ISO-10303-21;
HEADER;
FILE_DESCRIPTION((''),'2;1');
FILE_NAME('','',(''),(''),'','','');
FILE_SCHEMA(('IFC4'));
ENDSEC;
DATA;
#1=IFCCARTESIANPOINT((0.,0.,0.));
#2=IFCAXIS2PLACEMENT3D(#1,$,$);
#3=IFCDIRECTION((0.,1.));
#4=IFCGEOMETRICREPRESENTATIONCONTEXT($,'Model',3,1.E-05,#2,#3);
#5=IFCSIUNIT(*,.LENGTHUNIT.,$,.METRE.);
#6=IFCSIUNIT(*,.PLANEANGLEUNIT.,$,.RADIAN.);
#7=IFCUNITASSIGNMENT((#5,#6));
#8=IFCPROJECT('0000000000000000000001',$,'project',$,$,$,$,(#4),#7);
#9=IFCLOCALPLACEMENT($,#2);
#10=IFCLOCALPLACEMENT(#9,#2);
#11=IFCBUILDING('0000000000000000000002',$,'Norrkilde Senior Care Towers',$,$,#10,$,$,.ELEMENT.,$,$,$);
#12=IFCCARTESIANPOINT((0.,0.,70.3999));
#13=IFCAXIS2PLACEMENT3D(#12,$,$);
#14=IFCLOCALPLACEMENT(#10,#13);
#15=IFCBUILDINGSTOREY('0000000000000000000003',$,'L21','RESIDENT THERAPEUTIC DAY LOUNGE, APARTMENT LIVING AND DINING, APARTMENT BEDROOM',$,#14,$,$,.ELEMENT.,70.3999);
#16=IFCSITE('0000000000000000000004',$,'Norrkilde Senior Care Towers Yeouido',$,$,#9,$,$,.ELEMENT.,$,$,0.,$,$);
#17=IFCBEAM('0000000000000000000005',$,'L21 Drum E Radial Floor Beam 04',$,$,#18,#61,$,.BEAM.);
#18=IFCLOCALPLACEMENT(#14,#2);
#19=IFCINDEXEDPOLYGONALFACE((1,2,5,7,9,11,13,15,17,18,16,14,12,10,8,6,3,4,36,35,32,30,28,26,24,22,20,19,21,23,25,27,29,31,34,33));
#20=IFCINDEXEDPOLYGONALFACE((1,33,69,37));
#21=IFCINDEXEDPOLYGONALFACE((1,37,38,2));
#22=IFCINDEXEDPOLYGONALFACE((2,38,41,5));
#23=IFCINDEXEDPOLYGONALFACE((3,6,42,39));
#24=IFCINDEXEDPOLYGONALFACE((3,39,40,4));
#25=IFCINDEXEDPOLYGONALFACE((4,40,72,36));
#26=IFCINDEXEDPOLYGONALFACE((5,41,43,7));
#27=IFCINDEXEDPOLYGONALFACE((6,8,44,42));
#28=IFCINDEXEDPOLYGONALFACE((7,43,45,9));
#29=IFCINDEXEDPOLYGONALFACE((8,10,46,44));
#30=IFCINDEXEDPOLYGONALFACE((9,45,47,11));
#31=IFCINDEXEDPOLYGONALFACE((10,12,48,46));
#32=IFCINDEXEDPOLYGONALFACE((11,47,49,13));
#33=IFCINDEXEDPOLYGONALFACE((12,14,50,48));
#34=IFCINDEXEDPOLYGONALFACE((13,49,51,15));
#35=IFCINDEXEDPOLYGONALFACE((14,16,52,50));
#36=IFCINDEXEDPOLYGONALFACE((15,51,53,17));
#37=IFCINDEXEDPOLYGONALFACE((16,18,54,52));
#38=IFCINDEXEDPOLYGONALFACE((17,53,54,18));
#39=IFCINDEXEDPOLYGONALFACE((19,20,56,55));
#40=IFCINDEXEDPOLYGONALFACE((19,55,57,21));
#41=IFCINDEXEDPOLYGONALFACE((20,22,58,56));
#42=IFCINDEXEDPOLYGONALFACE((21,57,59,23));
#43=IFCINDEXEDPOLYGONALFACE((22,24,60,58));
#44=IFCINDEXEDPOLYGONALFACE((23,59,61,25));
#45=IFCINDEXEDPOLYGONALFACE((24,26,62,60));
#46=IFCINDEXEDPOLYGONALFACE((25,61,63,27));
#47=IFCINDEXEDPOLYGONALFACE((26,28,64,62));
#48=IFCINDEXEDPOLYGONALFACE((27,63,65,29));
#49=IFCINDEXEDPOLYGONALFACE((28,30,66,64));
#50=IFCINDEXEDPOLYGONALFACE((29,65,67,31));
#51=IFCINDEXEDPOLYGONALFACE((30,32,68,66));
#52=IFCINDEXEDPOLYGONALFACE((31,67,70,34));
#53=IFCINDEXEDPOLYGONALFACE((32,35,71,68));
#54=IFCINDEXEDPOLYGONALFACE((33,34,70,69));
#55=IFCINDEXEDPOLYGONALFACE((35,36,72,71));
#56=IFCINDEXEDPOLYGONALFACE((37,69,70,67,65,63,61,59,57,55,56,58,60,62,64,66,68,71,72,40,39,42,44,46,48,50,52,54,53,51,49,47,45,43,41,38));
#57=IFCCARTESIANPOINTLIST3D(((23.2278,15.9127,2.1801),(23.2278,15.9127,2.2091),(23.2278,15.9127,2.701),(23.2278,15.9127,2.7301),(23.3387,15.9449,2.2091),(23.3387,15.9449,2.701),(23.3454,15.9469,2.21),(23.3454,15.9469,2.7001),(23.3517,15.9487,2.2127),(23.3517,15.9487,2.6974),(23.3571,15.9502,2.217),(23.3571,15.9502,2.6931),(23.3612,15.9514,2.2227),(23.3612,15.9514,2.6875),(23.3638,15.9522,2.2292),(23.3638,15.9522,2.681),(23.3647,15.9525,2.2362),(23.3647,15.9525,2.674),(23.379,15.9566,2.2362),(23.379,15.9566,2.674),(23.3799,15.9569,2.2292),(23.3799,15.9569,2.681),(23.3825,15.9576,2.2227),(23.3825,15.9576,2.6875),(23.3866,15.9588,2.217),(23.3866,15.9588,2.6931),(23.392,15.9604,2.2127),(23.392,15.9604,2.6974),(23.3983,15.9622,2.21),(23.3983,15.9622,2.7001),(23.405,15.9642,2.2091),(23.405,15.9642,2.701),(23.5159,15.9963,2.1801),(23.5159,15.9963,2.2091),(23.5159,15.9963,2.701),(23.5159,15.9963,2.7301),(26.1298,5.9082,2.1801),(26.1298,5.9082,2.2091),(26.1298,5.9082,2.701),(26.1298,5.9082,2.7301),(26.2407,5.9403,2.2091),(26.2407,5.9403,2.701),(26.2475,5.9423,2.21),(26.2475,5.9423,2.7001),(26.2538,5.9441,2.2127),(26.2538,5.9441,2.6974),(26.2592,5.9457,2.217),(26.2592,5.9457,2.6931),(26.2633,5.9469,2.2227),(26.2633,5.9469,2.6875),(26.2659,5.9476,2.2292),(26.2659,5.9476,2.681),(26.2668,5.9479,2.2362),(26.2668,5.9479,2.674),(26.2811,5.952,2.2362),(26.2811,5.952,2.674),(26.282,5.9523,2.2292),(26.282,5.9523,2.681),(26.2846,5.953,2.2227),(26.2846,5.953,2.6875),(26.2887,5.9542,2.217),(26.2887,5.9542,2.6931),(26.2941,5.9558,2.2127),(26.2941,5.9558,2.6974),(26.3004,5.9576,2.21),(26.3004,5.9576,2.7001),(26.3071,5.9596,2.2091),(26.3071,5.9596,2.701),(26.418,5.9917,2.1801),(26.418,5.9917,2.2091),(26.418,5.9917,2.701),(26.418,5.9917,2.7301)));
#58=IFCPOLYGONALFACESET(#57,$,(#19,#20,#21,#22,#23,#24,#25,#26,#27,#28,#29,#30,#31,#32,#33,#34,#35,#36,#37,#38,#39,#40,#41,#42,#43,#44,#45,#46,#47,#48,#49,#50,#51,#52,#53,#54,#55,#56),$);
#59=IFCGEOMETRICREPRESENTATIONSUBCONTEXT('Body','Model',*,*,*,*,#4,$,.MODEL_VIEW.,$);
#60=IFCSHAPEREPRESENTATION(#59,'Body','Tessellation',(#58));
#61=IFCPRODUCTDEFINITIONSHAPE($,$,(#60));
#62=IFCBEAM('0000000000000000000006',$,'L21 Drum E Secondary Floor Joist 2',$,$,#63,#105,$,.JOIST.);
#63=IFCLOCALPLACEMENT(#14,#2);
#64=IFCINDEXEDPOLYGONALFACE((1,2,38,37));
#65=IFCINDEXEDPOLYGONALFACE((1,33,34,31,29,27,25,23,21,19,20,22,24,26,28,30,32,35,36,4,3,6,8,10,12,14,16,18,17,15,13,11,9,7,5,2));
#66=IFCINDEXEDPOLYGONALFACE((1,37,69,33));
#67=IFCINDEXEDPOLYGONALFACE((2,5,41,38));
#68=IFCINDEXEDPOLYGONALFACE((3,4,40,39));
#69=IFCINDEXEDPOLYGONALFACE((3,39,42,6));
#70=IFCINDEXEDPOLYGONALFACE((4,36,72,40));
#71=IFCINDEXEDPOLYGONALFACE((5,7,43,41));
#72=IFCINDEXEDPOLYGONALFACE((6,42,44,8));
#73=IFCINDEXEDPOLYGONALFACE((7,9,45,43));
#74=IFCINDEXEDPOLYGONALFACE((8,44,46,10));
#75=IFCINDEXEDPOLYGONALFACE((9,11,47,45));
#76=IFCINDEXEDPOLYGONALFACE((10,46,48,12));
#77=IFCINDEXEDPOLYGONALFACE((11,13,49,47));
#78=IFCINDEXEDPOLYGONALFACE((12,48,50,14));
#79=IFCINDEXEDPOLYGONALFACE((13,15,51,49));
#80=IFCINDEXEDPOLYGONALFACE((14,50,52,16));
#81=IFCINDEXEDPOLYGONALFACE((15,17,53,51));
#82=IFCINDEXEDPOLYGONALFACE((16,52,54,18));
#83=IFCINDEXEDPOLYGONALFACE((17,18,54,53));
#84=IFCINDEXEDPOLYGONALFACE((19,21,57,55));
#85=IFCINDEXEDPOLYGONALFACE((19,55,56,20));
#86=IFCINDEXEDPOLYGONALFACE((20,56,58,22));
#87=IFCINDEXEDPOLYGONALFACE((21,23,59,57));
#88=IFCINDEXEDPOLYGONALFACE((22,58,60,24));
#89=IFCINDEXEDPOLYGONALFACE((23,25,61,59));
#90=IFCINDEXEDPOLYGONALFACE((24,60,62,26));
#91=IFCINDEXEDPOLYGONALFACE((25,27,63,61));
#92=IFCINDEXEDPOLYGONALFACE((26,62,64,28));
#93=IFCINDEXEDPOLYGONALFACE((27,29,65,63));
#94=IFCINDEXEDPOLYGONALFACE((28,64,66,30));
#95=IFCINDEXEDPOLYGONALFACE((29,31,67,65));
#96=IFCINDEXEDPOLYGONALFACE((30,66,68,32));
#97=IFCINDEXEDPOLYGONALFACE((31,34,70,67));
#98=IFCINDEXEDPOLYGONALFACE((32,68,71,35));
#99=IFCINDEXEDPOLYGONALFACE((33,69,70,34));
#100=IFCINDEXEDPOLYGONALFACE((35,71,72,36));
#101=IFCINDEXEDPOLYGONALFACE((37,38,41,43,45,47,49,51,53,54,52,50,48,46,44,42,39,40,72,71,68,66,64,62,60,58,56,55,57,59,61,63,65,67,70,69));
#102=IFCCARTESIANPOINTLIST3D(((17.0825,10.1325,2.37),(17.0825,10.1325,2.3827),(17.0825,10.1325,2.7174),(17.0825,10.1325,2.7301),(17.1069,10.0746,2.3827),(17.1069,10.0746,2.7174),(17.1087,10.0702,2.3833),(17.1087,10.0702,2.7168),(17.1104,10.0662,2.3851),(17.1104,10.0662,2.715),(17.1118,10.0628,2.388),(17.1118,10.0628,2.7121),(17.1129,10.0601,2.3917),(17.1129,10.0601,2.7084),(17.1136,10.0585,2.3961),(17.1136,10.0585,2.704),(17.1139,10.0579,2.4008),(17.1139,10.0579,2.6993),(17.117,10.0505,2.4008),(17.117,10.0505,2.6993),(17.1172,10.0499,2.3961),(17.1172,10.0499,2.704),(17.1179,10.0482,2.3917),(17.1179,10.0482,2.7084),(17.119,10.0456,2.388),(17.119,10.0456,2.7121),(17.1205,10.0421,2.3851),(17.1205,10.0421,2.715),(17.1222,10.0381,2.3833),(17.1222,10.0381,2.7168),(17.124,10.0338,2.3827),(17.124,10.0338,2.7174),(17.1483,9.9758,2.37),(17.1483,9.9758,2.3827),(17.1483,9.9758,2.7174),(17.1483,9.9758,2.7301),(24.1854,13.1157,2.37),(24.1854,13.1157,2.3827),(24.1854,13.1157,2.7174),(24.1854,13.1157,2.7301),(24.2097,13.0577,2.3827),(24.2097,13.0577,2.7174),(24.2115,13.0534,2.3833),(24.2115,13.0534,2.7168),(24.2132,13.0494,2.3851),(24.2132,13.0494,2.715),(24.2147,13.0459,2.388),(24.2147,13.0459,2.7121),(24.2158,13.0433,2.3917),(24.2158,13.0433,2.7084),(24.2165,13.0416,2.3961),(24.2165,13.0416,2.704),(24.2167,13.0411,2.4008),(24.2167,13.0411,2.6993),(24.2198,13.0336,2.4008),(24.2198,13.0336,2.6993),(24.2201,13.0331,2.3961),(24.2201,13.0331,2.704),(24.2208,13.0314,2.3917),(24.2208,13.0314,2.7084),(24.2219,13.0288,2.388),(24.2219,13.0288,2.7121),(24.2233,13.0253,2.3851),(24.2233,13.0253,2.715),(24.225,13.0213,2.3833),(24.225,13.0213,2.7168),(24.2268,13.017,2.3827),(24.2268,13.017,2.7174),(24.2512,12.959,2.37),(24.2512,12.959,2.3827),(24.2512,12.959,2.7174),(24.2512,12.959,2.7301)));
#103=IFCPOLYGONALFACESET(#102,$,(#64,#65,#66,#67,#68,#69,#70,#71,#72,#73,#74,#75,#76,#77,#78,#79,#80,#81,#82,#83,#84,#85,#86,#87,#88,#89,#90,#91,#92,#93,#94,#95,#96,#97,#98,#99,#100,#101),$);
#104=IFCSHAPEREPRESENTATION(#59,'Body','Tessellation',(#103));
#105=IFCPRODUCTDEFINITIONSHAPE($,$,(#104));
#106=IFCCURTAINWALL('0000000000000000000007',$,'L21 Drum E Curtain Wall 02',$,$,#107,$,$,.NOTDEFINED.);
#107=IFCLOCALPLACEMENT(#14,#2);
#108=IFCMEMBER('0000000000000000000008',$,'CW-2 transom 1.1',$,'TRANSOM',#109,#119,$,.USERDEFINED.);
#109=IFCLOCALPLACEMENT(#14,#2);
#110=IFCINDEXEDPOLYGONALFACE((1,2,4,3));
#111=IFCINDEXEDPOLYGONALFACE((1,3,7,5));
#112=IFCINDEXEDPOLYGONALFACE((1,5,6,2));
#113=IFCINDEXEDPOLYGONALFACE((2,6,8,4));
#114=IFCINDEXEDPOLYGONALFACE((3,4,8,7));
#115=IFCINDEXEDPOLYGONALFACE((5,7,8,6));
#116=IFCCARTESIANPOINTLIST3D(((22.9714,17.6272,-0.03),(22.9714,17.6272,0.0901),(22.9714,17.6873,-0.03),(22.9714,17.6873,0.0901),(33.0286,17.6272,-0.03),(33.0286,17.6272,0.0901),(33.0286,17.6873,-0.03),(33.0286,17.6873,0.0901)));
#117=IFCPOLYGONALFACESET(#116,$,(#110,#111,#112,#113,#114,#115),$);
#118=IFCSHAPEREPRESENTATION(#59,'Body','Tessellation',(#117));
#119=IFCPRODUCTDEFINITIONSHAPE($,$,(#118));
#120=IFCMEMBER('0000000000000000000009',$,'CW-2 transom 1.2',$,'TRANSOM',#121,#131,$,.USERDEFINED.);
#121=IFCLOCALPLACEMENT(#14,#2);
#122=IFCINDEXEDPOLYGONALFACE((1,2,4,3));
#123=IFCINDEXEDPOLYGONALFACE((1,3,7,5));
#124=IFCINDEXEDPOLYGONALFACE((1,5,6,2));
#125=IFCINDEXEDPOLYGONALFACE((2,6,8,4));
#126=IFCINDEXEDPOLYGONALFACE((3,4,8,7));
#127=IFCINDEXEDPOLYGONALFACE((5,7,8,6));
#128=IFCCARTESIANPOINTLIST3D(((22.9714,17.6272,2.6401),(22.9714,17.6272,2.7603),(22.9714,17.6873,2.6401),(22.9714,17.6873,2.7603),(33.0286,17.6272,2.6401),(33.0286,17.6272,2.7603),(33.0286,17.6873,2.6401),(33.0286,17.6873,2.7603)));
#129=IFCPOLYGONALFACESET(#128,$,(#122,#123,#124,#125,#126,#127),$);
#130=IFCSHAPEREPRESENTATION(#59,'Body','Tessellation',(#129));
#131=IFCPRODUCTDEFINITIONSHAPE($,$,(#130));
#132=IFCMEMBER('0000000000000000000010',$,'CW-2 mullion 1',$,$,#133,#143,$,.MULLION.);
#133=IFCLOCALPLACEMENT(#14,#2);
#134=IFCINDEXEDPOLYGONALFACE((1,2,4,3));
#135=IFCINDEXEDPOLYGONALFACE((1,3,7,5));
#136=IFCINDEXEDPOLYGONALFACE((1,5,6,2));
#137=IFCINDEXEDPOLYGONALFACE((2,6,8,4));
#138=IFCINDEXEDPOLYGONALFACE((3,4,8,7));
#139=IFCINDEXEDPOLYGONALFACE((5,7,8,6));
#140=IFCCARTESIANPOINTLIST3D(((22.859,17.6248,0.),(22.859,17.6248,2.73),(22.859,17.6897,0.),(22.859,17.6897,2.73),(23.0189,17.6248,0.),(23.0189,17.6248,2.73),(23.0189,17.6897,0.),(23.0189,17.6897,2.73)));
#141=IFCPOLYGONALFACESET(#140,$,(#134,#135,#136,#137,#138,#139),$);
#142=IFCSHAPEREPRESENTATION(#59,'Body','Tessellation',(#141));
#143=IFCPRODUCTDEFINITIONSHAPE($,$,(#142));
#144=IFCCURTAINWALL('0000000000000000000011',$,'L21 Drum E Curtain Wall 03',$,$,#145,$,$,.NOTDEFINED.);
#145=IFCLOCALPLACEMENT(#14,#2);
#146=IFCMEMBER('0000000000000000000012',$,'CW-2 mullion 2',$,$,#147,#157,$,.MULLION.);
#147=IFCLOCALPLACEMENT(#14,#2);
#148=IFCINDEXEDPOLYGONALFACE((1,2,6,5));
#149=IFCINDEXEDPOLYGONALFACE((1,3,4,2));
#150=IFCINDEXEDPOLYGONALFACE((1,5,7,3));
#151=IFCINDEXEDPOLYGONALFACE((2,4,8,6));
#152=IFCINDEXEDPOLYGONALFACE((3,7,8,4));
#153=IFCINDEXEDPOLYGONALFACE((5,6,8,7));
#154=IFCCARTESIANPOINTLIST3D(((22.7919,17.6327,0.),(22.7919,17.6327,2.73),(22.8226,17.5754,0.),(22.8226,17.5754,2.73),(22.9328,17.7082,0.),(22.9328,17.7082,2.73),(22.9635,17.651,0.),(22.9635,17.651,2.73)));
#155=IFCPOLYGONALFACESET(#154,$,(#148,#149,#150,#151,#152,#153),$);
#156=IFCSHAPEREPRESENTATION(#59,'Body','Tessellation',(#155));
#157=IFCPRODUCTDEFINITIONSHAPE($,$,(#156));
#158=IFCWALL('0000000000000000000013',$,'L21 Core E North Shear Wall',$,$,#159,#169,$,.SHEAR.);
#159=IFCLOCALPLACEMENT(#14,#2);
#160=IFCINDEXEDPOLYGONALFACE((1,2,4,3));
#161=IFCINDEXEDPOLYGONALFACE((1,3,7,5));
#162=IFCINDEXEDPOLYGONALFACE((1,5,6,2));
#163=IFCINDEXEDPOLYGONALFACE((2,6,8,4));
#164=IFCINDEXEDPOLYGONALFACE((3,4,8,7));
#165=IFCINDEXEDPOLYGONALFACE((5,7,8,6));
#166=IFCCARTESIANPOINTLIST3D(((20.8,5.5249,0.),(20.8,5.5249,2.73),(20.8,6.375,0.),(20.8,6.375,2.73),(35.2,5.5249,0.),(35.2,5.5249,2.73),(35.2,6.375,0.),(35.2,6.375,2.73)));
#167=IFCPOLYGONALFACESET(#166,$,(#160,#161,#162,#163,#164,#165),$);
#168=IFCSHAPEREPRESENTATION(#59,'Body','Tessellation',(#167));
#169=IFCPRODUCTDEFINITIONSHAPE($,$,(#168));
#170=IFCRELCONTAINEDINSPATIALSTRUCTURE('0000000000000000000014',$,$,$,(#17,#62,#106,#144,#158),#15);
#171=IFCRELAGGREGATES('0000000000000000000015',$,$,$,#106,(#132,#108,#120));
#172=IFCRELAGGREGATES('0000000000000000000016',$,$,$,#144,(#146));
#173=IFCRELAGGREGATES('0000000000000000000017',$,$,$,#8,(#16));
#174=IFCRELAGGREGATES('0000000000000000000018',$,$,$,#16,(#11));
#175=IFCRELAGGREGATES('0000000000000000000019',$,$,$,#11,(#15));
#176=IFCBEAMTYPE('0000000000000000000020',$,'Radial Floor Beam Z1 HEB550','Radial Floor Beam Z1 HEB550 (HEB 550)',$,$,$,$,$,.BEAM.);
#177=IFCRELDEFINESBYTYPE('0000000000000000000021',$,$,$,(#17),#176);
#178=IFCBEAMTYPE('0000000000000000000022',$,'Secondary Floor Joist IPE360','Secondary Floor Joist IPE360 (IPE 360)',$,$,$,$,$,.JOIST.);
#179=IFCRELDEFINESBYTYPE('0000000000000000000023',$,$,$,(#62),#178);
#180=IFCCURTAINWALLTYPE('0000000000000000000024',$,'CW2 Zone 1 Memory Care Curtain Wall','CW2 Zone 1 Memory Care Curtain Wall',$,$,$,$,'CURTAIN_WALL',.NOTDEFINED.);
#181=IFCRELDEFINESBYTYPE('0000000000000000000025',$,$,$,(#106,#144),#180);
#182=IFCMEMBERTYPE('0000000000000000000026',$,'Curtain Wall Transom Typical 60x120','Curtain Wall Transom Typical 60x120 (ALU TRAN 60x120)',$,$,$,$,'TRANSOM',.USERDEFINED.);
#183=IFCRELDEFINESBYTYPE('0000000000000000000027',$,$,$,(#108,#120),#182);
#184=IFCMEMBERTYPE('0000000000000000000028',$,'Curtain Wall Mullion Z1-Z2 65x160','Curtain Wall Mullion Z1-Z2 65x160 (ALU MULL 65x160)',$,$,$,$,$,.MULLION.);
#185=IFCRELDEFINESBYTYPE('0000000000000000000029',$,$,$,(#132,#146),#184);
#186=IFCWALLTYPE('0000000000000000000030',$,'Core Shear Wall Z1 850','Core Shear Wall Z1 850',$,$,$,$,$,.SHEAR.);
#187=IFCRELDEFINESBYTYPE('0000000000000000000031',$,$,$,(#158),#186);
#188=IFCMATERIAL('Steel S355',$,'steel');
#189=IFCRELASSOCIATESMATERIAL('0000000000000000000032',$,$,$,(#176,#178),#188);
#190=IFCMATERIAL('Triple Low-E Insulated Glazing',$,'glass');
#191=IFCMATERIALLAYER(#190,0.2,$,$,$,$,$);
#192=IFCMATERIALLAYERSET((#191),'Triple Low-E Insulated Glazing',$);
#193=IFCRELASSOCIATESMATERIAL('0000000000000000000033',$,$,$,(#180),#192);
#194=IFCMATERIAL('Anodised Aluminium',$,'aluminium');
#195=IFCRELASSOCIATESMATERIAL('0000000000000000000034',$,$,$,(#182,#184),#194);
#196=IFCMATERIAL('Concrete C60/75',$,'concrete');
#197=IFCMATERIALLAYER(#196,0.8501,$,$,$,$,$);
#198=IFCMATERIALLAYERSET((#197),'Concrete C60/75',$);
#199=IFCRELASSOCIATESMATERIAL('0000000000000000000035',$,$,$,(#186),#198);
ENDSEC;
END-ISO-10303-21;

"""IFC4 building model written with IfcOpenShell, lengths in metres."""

from ifc_helpers import new_model, si_unit, direction, frame, frame_2d, origin, origin_2d, place, context, subcontext, project, spatial, rectangle, i_section, extrude, source, transform, mapped, material, layer, layer_set, material_profile, profile_set, type_object, type_shapes, element, aggregate, save


model = new_model("IFC4")

# Units and contexts
model_context = context("Model", 3, precision=1e-05, world=origin(), true_north=direction((0.0, 1.0)))
body_context = subcontext(model_context, "Body", "Model", "MODEL_VIEW")
ifc_project = project(units=[si_unit("LENGTHUNIT", "METRE"), si_unit("PLANEANGLEUNIT", "RADIAN")], contexts=[model_context])

# Site, building, storey
site_placement = place(None, origin())
site = spatial("IfcSite", under=ifc_project, at=site_placement, Name="Norrkilde Senior Care Towers Yeouido", CompositionType="ELEMENT", RefElevation=0.0)
building_placement = place(site_placement, origin())
building = spatial("IfcBuilding", under=site, at=building_placement, Name="Norrkilde Senior Care Towers", CompositionType="ELEMENT")
storey_placement = place(building_placement, frame((0.0, 0.0, 70.3999)))
storey = spatial("IfcBuildingStorey", under=building, at=storey_placement, Name="L21", Description="RESIDENT THERAPEUTIC DAY LOUNGE, APARTMENT LIVING AND DINING, APARTMENT BEDROOM", CompositionType="ELEMENT", Elevation=70.3999)

# Shared definitions
ifc_material_1 = material(Name="Concrete C60/75", Category="concrete")

# Beams
ifc_material_2 = material(Name="Steel S355", Category="steel")
ifc_material_profile_1 = material_profile(ifc_material_2, i_section(OverallWidth=0.3, OverallDepth=0.55, WebThickness=0.0149, FlangeThickness=0.0291, FilletRadius=0.0271, at=origin_2d()), Name="HEB 550")
ifc_profile_set_1 = profile_set([ifc_material_profile_1], Name="Steel S355")
beam_type_1 = type_object("IfcBeamType", Name="Radial Floor Beam Z1 HEB550", Description="Radial Floor Beam Z1 HEB550 (HEB 550)", PredefinedType="BEAM", material=ifc_profile_set_1)
shared_shape_1 = source(origin(), body_context, "Body", "SweptSolid", [
    extrude(i_section(OverallWidth=0.3, OverallDepth=0.55, WebThickness=0.0149, FlangeThickness=0.0291, FilletRadius=0.0271, at=origin_2d()), origin(), (0.0, 0.0, 1.0), 10.417),
])
beam_1_placement = place(storey_placement, frame((26.2739, 5.95, 2.4551), z_axis=(-0.278591, 0.96041, 0.0), x_axis=(-0.96041, -0.278591, 0.0)))
element("IfcBeam", 1, at=beam_1_placement, inside=storey, type_object=beam_type_1, Name="L21 Drum E Radial Floor Beam 04", PredefinedType="BEAM", context=body_context, shape_type="MappedRepresentation", body=[
    mapped(shared_shape_1, transform((0.0, 0.0, 0.0), x_axis=(1.0, 0.0, 0.0), y_axis=(0.0, 1.0, 0.0), z_axis=(0.0, 0.0, 1.0), scale=1.0)),
])
ifc_material_profile_2 = material_profile(ifc_material_2, i_section(OverallWidth=0.1699, OverallDepth=0.3601, WebThickness=0.0081, FlangeThickness=0.0127, FilletRadius=0.0181, at=origin_2d()), Name="IPE 360")
ifc_profile_set_2 = profile_set([ifc_material_profile_2], Name="Steel S355")
beam_type_2 = type_object("IfcBeamType", Name="Secondary Floor Joist IPE360", Description="Secondary Floor Joist IPE360 (IPE 360)", PredefinedType="JOIST", material=ifc_profile_set_2)
shared_shape_2 = source(origin(), body_context, "Body", "SweptSolid", [
    extrude(i_section(OverallWidth=0.1699, OverallDepth=0.3601, WebThickness=0.0081, FlangeThickness=0.0127, FilletRadius=0.0181, at=origin_2d()), origin(), (0.0, 0.0, 1.0), 7.7039),
])
type_shapes(beam_type_2, [shared_shape_2])
beam_2_placement = place(storey_placement, frame((24.2183, 13.0374, 2.55), z_axis=(-0.921983, -0.387231, 0.0), x_axis=(0.387231, -0.921983, 0.0)))
element("IfcBeam", 2, at=beam_2_placement, inside=storey, type_object=beam_type_2, Name="L21 Drum E Secondary Floor Joist 2", PredefinedType="JOIST", context=body_context, shape_type="MappedRepresentation", body=[
    mapped(shared_shape_2, transform((0.0, 0.0, 0.0), x_axis=(1.0, 0.0, 0.0), y_axis=(0.0, 1.0, 0.0), z_axis=(0.0, 0.0, 1.0), scale=1.0)),
])

# Curtain wall, members
ifc_material_3 = material(Name="Triple Low-E Insulated Glazing", Category="glass")
ifc_layer_1 = layer(ifc_material_3, 0.2)
ifc_layer_set_1 = layer_set([ifc_layer_1], Name="Triple Low-E Insulated Glazing")
curtain_wall_type = type_object("IfcCurtainWallType", Name="CW2 Zone 1 Memory Care Curtain Wall", Description="CW2 Zone 1 Memory Care Curtain Wall", ElementType="CURTAIN_WALL", PredefinedType="NOTDEFINED", material=ifc_layer_set_1)
curtain_wall_1_placement = place(storey_placement, origin())
curtain_wall_1 = element("IfcCurtainWall", 3, at=curtain_wall_1_placement, inside=storey, type_object=curtain_wall_type, Name="L21 Drum E Curtain Wall 02", PredefinedType="NOTDEFINED")
ifc_material_4 = material(Name="Anodised Aluminium", Category="aluminium")
ifc_material_profile_3 = material_profile(ifc_material_4, rectangle(XDim=0.0601, YDim=0.1201, at=origin_2d()), Name="ALU TRAN 60x120")
ifc_profile_set_3 = profile_set([ifc_material_profile_3], Name="Anodised Aluminium")
member_type_1 = type_object("IfcMemberType", Name="Curtain Wall Transom Typical 60x120", Description="Curtain Wall Transom Typical 60x120 (ALU TRAN 60x120)", ElementType="TRANSOM", PredefinedType="USERDEFINED", material=ifc_profile_set_3)
shared_shape_3 = source(origin(), body_context, "Body", "SweptSolid", [
    extrude(rectangle(XDim=0.0601, YDim=0.1201, at=origin_2d()), origin(), (0.0, 0.0, 1.0), 10.0571),
])
type_shapes(member_type_1, [shared_shape_3])
member_1_placement = place(storey_placement, frame((22.9714, 17.6572, 0.03), z_axis=(1.0, 0.0, 0.0), x_axis=(0.0, 1.0, 0.0)))
member_1 = element("IfcMember", 4, at=member_1_placement, type_object=member_type_1, Name="CW-2 transom 1.1", ObjectType="TRANSOM", PredefinedType="USERDEFINED", context=body_context, shape_type="MappedRepresentation", body=[
    mapped(shared_shape_3, transform((0.0, 0.0, 0.0), x_axis=(1.0, 0.0, 0.0), y_axis=(0.0, 1.0, 0.0), z_axis=(0.0, 0.0, 1.0), scale=1.0)),
])
member_2_placement = place(storey_placement, frame((22.9714, 17.6572, 2.7002), z_axis=(1.0, 0.0, 0.0), x_axis=(0.0, 1.0, 0.0)))
member_2 = element("IfcMember", 5, at=member_2_placement, type_object=member_type_1, Name="CW-2 transom 1.2", ObjectType="TRANSOM", PredefinedType="USERDEFINED", context=body_context, shape_type="MappedRepresentation", body=[
    mapped(shared_shape_3, transform((0.0, 0.0, 0.0), x_axis=(1.0, 0.0, 0.0), y_axis=(0.0, 1.0, 0.0), z_axis=(0.0, 0.0, 1.0), scale=1.0)),
])
ifc_material_profile_4 = material_profile(ifc_material_4, rectangle(XDim=0.0649, YDim=0.1599, at=origin_2d()), Name="ALU MULL 65x160")
ifc_profile_set_4 = profile_set([ifc_material_profile_4], Name="Anodised Aluminium")
member_type_2 = type_object("IfcMemberType", Name="Curtain Wall Mullion Z1-Z2 65x160", Description="Curtain Wall Mullion Z1-Z2 65x160 (ALU MULL 65x160)", PredefinedType="MULLION", material=ifc_profile_set_4)
shared_shape_4 = source(origin(), body_context, "Body", "SweptSolid", [
    extrude(rectangle(XDim=0.0649, YDim=0.1599, at=origin_2d()), origin(), (0.0, 0.0, 1.0), 2.73),
])
type_shapes(member_type_2, [shared_shape_4])
member_3_placement = place(storey_placement, frame((22.939, 17.6572, 0.0), z_axis=(0.0, 0.0, 1.0), x_axis=(0.0, 1.0, 0.0)))
member_3 = element("IfcMember", 6, at=member_3_placement, type_object=member_type_2, Name="CW-2 mullion 1", PredefinedType="MULLION", context=body_context, shape_type="MappedRepresentation", body=[
    mapped(shared_shape_4, transform((0.0, 0.0, 0.0), x_axis=(1.0, 0.0, 0.0), y_axis=(0.0, 1.0, 0.0), z_axis=(0.0, 0.0, 1.0), scale=1.0)),
])
aggregate(curtain_wall_1, [member_3, member_1, member_2])

# Curtain wall, member
curtain_wall_2_placement = place(storey_placement, origin())
curtain_wall_2 = element("IfcCurtainWall", 7, at=curtain_wall_2_placement, inside=storey, type_object=curtain_wall_type, Name="L21 Drum E Curtain Wall 03", PredefinedType="NOTDEFINED")
member_4_placement = place(storey_placement, frame((22.8777, 17.6418, 0.0), z_axis=(0.0, 0.0, 1.0), x_axis=(-0.472608, 0.881273, 0.0)))
member_4 = element("IfcMember", 8, at=member_4_placement, type_object=member_type_2, Name="CW-2 mullion 2", PredefinedType="MULLION", context=body_context, shape_type="MappedRepresentation", body=[
    mapped(shared_shape_4, transform((0.0, 0.0, 0.0), x_axis=(1.0, 0.0, 0.0), y_axis=(0.0, 1.0, 0.0), z_axis=(0.0, 0.0, 1.0), scale=1.0)),
])
aggregate(curtain_wall_2, [member_4])

# Wall
ifc_layer_2 = layer(ifc_material_1, 0.8501)
ifc_layer_set_2 = layer_set([ifc_layer_2], Name="Concrete C60/75")
wall_type_1 = type_object("IfcWallType", Name="Core Shear Wall Z1 850", Description="Core Shear Wall Z1 850", PredefinedType="SHEAR", material=ifc_layer_set_2)
shared_shape_5 = source(origin(), body_context, "Body", "SweptSolid", [
    extrude(rectangle(XDim=14.3999, YDim=0.8501, at=frame_2d((7.2, 0.0))), origin(), (0.0, 0.0, 1.0), 2.73),
])
type_shapes(wall_type_1, [shared_shape_5])
wall_1_placement = place(storey_placement, frame((20.8, 5.95, 0.0), z_axis=(0.0, 0.0, 1.0), x_axis=(1.0, 0.0, 0.0)))
element("IfcWall", 9, at=wall_1_placement, inside=storey, type_object=wall_type_1, Name="L21 Core E North Shear Wall", PredefinedType="SHEAR", context=body_context, shape_type="MappedRepresentation", body=[
    mapped(shared_shape_5, transform((0.0, 0.0, 0.0), x_axis=(1.0, 0.0, 0.0), y_axis=(0.0, 1.0, 0.0), z_axis=(0.0, 0.0, 1.0), scale=1.0)),
])

save(model, "model.ifc")
